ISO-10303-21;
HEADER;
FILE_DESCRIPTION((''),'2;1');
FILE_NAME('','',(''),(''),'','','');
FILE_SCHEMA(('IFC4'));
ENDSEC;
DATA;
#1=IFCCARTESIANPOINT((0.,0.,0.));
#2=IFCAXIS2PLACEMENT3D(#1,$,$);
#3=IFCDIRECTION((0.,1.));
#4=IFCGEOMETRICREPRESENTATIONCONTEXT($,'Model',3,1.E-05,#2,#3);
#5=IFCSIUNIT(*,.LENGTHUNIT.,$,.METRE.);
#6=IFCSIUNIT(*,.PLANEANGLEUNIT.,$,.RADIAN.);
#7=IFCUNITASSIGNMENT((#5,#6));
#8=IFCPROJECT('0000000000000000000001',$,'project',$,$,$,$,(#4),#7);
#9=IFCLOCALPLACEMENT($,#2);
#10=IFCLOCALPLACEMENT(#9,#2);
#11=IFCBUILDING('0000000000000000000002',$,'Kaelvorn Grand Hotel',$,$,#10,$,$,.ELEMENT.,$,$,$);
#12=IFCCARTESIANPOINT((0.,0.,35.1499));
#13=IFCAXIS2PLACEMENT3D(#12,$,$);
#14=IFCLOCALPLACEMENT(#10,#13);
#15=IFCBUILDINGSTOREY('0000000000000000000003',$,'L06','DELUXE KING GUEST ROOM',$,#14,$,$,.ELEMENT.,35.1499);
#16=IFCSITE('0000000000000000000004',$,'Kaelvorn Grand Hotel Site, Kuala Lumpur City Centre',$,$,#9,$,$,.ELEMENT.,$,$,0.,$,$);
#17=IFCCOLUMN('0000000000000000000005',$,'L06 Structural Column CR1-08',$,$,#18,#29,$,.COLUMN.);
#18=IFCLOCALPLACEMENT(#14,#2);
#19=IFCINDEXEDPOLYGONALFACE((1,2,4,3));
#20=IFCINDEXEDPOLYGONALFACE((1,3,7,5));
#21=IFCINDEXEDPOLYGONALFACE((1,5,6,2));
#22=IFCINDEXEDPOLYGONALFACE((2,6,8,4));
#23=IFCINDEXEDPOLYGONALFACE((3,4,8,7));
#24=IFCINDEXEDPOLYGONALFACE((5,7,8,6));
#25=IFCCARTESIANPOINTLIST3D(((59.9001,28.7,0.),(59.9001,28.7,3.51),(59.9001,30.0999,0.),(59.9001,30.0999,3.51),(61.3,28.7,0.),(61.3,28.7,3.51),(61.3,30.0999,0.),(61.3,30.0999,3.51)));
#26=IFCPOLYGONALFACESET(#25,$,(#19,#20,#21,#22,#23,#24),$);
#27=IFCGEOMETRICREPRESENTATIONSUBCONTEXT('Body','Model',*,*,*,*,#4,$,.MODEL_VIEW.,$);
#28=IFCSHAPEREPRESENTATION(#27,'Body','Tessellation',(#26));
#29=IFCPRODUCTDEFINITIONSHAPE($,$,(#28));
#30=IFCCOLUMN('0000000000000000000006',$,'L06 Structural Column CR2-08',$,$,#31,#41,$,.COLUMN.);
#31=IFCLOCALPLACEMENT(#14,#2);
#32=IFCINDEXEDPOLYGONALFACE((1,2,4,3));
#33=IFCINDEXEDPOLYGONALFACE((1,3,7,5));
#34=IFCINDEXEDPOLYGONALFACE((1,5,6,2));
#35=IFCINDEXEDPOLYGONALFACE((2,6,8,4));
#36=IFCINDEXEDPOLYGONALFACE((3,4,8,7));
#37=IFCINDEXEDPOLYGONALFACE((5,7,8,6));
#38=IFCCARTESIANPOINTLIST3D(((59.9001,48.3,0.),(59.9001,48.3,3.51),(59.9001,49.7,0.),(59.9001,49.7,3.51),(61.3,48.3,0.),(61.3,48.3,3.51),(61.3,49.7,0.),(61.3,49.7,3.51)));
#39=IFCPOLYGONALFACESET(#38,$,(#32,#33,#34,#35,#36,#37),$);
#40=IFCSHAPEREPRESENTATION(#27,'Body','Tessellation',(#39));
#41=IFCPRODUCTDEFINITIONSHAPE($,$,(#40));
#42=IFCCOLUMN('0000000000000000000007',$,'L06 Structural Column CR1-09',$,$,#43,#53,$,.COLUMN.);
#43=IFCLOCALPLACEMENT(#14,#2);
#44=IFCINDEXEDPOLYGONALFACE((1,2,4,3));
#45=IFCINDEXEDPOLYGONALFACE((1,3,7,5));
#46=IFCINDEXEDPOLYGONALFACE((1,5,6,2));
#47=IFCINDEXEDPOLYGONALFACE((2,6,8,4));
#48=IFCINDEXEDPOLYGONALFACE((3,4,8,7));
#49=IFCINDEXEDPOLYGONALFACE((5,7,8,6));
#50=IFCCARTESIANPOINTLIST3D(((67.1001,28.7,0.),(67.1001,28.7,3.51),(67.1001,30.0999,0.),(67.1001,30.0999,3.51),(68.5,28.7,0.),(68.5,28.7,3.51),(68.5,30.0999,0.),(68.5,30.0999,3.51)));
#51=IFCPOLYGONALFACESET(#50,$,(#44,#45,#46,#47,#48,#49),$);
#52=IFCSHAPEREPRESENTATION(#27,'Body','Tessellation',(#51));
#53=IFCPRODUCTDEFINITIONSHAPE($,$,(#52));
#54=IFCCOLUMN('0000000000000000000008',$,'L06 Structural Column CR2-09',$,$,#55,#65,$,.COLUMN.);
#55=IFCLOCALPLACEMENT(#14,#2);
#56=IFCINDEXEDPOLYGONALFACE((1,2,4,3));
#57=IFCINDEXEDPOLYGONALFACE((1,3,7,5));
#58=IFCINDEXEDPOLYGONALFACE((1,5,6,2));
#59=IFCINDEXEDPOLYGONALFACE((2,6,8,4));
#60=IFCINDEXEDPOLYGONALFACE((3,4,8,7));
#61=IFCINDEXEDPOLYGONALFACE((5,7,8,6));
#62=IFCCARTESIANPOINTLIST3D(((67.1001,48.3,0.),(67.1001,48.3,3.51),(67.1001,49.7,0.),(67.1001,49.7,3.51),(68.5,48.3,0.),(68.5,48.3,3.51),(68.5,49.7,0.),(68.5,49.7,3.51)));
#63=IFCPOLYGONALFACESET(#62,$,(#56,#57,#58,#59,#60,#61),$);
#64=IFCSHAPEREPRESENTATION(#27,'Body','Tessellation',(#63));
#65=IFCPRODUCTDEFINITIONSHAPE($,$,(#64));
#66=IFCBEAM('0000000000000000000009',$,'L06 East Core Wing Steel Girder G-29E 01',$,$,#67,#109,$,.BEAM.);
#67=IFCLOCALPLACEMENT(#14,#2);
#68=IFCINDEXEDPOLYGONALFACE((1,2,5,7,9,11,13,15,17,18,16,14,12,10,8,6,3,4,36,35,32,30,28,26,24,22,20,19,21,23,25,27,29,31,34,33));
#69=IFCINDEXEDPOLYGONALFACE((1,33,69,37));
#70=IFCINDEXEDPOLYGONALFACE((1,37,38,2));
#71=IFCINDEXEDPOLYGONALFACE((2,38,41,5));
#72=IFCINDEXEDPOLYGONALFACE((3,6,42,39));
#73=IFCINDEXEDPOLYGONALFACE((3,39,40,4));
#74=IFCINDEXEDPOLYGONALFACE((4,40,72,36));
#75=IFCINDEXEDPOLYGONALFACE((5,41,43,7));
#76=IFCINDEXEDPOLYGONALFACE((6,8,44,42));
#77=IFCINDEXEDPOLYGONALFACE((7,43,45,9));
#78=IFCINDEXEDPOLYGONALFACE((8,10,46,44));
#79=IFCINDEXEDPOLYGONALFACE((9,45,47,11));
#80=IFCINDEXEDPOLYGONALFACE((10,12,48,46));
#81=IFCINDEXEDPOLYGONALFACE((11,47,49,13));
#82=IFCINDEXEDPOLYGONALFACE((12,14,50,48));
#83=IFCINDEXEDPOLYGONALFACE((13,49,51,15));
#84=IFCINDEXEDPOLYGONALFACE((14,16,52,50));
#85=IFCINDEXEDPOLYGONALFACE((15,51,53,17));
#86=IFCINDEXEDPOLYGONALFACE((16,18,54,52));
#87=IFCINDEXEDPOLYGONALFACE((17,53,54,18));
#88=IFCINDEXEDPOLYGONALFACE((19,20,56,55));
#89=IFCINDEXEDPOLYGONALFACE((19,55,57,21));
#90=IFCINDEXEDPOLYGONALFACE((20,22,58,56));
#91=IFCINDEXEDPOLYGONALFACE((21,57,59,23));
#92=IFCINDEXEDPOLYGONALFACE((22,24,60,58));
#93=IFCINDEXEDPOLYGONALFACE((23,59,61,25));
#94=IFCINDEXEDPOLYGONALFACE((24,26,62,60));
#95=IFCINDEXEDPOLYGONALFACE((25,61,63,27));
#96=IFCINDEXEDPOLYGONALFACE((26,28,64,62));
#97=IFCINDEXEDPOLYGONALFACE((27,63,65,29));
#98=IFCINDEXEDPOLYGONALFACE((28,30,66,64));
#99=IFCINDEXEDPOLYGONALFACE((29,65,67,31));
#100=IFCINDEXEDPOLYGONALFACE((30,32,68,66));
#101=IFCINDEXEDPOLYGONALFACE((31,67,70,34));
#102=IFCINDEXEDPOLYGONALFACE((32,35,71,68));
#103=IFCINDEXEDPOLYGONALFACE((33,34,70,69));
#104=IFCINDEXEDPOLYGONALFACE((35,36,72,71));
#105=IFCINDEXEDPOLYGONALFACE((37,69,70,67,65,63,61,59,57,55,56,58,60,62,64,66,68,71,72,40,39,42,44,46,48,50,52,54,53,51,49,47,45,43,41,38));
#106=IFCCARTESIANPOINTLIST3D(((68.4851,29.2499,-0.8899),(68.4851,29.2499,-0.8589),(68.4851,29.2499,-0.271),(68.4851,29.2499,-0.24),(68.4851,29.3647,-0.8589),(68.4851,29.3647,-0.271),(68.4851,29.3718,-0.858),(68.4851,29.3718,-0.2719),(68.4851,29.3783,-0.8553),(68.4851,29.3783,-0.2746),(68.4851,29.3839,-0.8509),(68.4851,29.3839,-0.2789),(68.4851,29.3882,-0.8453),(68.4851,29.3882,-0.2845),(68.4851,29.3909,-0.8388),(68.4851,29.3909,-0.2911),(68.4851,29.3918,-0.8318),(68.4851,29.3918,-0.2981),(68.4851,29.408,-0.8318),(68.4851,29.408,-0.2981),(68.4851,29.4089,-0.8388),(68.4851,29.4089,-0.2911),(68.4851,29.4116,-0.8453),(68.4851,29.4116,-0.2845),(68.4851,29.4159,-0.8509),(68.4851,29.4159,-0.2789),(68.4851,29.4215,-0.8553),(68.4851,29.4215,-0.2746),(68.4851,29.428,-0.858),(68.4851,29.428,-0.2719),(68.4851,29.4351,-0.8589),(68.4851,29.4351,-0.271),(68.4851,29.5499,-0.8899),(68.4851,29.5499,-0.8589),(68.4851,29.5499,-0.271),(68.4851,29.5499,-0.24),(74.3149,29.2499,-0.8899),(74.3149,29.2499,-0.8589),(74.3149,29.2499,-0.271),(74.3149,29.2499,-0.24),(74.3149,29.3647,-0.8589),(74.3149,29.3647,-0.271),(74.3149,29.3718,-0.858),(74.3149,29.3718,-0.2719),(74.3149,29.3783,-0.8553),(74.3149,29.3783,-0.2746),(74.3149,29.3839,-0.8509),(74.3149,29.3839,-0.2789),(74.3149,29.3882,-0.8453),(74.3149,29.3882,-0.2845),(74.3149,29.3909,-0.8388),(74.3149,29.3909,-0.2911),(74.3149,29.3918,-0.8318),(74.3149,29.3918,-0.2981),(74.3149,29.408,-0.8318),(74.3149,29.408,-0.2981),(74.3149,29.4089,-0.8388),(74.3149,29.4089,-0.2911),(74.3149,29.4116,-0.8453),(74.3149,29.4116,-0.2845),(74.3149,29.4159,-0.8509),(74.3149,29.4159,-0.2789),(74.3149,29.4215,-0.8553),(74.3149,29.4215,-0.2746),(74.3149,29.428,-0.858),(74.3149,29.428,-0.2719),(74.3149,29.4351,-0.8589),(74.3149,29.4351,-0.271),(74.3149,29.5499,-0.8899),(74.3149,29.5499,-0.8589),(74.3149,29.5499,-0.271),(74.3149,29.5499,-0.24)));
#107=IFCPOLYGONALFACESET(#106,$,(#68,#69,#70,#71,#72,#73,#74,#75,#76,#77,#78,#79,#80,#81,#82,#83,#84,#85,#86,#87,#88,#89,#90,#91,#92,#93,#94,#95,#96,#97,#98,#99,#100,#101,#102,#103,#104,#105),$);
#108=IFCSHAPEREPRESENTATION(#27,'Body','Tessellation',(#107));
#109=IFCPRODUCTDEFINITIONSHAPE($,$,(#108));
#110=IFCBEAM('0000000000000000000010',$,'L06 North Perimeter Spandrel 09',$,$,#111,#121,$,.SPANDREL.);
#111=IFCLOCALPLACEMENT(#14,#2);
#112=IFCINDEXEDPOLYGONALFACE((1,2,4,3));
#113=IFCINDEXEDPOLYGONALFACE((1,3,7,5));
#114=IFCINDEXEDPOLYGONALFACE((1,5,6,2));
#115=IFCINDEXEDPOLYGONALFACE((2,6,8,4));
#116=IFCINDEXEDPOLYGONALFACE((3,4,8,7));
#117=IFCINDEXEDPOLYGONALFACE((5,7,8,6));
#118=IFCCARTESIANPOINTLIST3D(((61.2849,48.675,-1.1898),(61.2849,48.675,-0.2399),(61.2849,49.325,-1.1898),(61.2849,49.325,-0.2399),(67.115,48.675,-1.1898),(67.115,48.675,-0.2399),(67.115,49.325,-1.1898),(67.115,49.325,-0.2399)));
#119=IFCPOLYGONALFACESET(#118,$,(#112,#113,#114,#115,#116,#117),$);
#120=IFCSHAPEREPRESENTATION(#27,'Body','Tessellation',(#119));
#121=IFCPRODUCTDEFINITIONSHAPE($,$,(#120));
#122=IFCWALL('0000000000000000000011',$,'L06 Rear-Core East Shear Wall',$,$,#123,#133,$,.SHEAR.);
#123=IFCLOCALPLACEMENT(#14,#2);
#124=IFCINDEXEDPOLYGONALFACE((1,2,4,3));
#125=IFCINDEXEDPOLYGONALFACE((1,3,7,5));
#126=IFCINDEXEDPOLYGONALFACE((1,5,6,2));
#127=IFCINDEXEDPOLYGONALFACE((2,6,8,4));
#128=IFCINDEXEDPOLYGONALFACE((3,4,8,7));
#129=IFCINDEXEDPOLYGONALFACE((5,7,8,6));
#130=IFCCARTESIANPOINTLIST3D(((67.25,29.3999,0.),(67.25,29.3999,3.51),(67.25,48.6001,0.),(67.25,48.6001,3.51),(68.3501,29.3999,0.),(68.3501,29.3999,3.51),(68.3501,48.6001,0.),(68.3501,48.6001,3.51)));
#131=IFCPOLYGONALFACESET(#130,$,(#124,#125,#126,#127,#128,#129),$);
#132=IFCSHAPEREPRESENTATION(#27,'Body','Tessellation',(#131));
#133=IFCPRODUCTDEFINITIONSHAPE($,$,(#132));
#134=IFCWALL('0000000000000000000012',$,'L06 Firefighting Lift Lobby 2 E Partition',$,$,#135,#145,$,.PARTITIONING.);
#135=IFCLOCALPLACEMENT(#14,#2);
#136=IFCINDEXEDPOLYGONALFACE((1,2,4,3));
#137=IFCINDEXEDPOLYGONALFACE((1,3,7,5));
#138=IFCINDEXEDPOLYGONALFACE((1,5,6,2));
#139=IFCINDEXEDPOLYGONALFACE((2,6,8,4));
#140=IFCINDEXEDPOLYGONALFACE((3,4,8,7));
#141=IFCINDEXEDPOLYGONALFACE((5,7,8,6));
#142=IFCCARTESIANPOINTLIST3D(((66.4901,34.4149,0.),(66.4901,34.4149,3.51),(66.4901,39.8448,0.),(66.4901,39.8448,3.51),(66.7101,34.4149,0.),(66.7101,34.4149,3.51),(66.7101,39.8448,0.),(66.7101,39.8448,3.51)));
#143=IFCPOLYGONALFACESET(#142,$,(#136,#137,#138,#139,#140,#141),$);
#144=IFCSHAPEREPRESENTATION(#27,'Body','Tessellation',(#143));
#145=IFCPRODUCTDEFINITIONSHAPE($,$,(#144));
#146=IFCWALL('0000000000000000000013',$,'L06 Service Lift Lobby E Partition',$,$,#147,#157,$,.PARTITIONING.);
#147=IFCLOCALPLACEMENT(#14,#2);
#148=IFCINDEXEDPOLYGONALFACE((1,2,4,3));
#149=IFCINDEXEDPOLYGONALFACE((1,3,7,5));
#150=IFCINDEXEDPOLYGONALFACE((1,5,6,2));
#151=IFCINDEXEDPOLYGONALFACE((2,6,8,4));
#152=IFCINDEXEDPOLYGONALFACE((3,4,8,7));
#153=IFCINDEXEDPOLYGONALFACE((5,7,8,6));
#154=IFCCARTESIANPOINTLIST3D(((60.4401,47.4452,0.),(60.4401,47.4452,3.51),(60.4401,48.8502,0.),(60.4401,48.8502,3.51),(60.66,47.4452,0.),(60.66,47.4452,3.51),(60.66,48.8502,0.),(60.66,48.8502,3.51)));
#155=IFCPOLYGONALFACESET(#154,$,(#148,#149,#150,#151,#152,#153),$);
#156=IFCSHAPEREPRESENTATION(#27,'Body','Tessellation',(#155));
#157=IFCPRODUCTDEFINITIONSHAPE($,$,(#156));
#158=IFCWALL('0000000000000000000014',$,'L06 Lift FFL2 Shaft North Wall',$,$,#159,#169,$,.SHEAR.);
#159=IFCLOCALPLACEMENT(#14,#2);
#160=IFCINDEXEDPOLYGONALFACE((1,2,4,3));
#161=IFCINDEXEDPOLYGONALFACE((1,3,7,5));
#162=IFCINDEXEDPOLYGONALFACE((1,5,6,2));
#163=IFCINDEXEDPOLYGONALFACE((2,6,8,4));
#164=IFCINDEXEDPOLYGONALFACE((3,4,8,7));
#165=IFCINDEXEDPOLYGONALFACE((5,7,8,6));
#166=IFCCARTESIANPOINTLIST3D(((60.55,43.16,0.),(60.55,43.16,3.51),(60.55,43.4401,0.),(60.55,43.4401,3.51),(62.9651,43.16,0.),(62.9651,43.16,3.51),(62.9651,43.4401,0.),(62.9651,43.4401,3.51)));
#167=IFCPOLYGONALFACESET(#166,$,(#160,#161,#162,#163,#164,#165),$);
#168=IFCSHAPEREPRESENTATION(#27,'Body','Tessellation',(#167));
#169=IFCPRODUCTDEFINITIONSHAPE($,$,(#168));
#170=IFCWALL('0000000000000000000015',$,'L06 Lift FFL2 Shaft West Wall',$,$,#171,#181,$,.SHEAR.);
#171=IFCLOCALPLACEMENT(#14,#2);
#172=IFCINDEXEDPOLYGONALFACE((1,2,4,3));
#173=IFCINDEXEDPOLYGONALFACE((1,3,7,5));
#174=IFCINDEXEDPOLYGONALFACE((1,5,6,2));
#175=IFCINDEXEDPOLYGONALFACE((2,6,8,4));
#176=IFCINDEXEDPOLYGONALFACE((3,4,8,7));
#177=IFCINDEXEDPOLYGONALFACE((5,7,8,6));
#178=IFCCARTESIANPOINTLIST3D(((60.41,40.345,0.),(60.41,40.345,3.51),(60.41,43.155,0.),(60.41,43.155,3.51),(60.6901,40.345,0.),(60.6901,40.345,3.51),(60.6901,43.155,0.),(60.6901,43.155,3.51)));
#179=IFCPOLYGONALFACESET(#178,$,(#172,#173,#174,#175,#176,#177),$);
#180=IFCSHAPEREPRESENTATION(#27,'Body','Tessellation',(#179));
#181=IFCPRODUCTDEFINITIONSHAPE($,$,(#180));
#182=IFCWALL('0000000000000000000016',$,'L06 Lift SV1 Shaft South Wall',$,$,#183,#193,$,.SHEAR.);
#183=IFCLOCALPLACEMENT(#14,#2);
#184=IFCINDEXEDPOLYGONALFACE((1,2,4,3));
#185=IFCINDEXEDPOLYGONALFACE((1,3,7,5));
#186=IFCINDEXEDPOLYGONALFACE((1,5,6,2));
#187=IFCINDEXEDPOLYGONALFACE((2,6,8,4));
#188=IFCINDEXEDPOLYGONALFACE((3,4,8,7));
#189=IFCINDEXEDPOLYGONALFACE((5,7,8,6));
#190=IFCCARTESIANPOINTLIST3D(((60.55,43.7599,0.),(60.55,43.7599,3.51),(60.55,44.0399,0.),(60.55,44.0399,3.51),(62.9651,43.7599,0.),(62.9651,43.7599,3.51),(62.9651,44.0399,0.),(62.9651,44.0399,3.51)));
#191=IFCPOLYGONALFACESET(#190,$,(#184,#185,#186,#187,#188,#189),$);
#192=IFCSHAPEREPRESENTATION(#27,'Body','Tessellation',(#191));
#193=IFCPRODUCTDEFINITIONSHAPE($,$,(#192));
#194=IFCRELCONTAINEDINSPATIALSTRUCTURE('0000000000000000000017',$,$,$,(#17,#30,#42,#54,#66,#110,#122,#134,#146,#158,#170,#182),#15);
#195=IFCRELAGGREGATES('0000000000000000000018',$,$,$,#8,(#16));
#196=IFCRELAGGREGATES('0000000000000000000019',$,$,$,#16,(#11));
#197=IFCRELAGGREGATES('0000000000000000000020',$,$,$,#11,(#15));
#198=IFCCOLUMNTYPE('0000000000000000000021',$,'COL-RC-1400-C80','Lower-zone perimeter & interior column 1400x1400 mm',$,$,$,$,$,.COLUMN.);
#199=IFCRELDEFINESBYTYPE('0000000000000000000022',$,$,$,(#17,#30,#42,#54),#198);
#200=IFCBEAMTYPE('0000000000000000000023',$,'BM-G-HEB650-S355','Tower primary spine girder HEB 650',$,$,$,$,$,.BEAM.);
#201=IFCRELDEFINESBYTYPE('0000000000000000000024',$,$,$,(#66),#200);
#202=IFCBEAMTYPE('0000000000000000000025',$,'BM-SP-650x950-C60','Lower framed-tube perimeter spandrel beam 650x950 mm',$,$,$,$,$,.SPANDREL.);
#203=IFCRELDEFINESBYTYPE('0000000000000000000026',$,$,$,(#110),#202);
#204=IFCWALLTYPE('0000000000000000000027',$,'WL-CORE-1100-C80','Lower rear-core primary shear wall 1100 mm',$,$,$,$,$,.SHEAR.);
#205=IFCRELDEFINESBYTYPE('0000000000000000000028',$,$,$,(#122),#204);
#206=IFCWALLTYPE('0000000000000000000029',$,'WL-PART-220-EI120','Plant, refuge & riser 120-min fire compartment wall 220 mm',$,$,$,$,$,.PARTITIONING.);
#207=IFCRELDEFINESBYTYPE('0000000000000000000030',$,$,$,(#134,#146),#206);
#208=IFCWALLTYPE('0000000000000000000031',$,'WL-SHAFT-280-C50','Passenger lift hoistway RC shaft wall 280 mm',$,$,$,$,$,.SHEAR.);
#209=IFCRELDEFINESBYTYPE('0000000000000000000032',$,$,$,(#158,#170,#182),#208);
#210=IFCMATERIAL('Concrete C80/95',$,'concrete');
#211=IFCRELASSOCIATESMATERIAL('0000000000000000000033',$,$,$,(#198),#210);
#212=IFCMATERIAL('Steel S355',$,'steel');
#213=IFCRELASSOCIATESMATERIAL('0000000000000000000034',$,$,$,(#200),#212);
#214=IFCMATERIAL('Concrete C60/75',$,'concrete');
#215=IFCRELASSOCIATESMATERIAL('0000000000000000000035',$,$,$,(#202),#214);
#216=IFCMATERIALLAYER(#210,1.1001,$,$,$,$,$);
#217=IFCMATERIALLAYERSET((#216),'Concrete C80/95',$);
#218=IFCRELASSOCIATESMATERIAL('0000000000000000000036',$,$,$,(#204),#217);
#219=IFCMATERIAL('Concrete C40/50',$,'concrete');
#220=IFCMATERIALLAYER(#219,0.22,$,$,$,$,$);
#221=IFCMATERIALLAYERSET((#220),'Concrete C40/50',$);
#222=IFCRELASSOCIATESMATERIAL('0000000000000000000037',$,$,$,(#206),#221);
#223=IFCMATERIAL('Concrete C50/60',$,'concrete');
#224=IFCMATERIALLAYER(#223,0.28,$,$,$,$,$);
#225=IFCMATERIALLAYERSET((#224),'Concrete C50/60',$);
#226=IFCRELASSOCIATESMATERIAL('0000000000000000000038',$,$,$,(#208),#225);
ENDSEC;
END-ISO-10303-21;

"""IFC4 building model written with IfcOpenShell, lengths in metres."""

from ifc_helpers import new_model, si_unit, direction, frame, frame_2d, origin, origin_2d, place, context, subcontext, project, spatial, rectangle, i_section, extrude, material, layer, layer_set, material_profile, profile_set, type_object, element, save


model = new_model("IFC4")

# Units and contexts
model_context = context("Model", 3, precision=1e-05, world=origin(), true_north=direction((0.0, 1.0)))
body_context = subcontext(model_context, "Body", "Model", "MODEL_VIEW")
ifc_project = project(units=[si_unit("LENGTHUNIT", "METRE"), si_unit("PLANEANGLEUNIT", "RADIAN")], contexts=[model_context])

# Site, building, storey
site_placement = place(None, origin())
site = spatial("IfcSite", under=ifc_project, at=site_placement, Name="Kaelvorn Grand Hotel Site, Kuala Lumpur City Centre", CompositionType="ELEMENT", RefElevation=0.0)
building_placement = place(site_placement, origin())
building = spatial("IfcBuilding", under=site, at=building_placement, Name="Kaelvorn Grand Hotel", CompositionType="ELEMENT")
storey_placement = place(building_placement, frame((0.0, 0.0, 35.1499)))
storey = spatial("IfcBuildingStorey", under=building, at=storey_placement, Name="L06", Description="DELUXE KING GUEST ROOM", CompositionType="ELEMENT", Elevation=35.1499)

# Columns
ifc_material_1 = material(Name="Concrete C80/95", Category="concrete")
ifc_material_profile_1 = material_profile(ifc_material_1, rectangle(XDim=1.3999, YDim=1.3999, at=origin_2d()), Name="RC COL 1400x1400")
ifc_profile_set_1 = profile_set([ifc_material_profile_1], Name="Concrete C80/95")
column_type = type_object("IfcColumnType", Name="COL-RC-1400-C80", Description="Lower-zone perimeter & interior column 1400x1400 mm", PredefinedType="COLUMN", material=ifc_profile_set_1)
for number, where, z_axis, x_axis, name in (
    (1, (60.6001, 29.3999, 0.0), (0.0, 0.0, 1.0), (1.0, 0.0, 0.0), "L06 Structural Column CR1-08"),
    (2, (60.6001, 49.0, 0.0), (0.0, 0.0, 1.0), (1.0, 0.0, 0.0), "L06 Structural Column CR2-08"),
    (3, (67.8, 29.3999, 0.0), (0.0, 0.0, 1.0), (1.0, 0.0, 0.0), "L06 Structural Column CR1-09"),
    (4, (67.8, 49.0, 0.0), (0.0, 0.0, 1.0), (1.0, 0.0, 0.0), "L06 Structural Column CR2-09"),
):
    element("IfcColumn", number, at=place(storey_placement, frame(where, z_axis=z_axis, x_axis=x_axis)), inside=storey, type_object=column_type, Name=name, PredefinedType="COLUMN", context=body_context, shape_type="SweptSolid", body=[
        extrude(rectangle(XDim=1.3999, YDim=1.3999, at=origin_2d()), origin(), (0.0, 0.0, 1.0), 3.51),
    ])

# Beams
ifc_material_2 = material(Name="Steel S355", Category="steel")
ifc_material_profile_2 = material_profile(ifc_material_2, i_section(OverallWidth=0.3, OverallDepth=0.6499, WebThickness=0.0161, FlangeThickness=0.031, FilletRadius=0.0271, at=origin_2d()), Name="HEB 650")
ifc_profile_set_2 = profile_set([ifc_material_profile_2], Name="Steel S355")
beam_type_1 = type_object("IfcBeamType", Name="BM-G-HEB650-S355", Description="Tower primary spine girder HEB 650", PredefinedType="BEAM", material=ifc_profile_set_2)
beam_1_placement = place(storey_placement, frame((68.4851, 29.3999, -0.5649), z_axis=(1.0, 0.0, 0.0), x_axis=(0.0, 1.0, 0.0)))
element("IfcBeam", 5, at=beam_1_placement, inside=storey, type_object=beam_type_1, Name="L06 East Core Wing Steel Girder G-29E 01", PredefinedType="BEAM", context=body_context, shape_type="SweptSolid", body=[
    extrude(i_section(OverallWidth=0.3, OverallDepth=0.6499, WebThickness=0.0161, FlangeThickness=0.031, FilletRadius=0.0271, at=origin_2d()), origin(), (0.0, 0.0, 1.0), 5.8298),
])
ifc_material_3 = material(Name="Concrete C60/75", Category="concrete")
ifc_material_profile_3 = material_profile(ifc_material_3, rectangle(XDim=0.6499, YDim=0.95, at=origin_2d()), Name="RC SPANDREL 650x950")
ifc_profile_set_3 = profile_set([ifc_material_profile_3], Name="Concrete C60/75")
beam_type_2 = type_object("IfcBeamType", Name="BM-SP-650x950-C60", Description="Lower framed-tube perimeter spandrel beam 650x950 mm", PredefinedType="SPANDREL", material=ifc_profile_set_3)
beam_2_placement = place(storey_placement, frame((61.2849, 49.0, -0.7148), z_axis=(1.0, 0.0, 0.0), x_axis=(0.0, 1.0, 0.0)))
element("IfcBeam", 6, at=beam_2_placement, inside=storey, type_object=beam_type_2, Name="L06 North Perimeter Spandrel 09", PredefinedType="SPANDREL", context=body_context, shape_type="SweptSolid", body=[
    extrude(rectangle(XDim=0.6499, YDim=0.95, at=origin_2d()), origin(), (0.0, 0.0, 1.0), 5.8301),
])

# Walls
ifc_layer_1 = layer(ifc_material_1, 1.1001)
ifc_layer_set_1 = layer_set([ifc_layer_1], Name="Concrete C80/95")
wall_type_1 = type_object("IfcWallType", Name="WL-CORE-1100-C80", Description="Lower rear-core primary shear wall 1100 mm", PredefinedType="SHEAR", material=ifc_layer_set_1)
wall_1_placement = place(storey_placement, frame((67.8, 29.3999, 0.0), z_axis=(0.0, 0.0, 1.0), x_axis=(0.0, 1.0, 0.0)))
element("IfcWall", 7, at=wall_1_placement, inside=storey, type_object=wall_type_1, Name="L06 Rear-Core East Shear Wall", PredefinedType="SHEAR", context=body_context, shape_type="SweptSolid", body=[
    extrude(rectangle(XDim=19.2002, YDim=1.1001, at=frame_2d((9.6001, 0.0))), origin(), (0.0, 0.0, 1.0), 3.51),
])
ifc_material_4 = material(Name="Concrete C40/50", Category="concrete")
ifc_layer_2 = layer(ifc_material_4, 0.22)
ifc_layer_set_2 = layer_set([ifc_layer_2], Name="Concrete C40/50")
wall_type_2 = type_object("IfcWallType", Name="WL-PART-220-EI120", Description="Plant, refuge & riser 120-min fire compartment wall 220 mm", PredefinedType="PARTITIONING", material=ifc_layer_set_2)
wall_2_placement = place(storey_placement, frame((66.6001, 34.415, 0.0), z_axis=(0.0, 0.0, 1.0), x_axis=(0.0, 1.0, 0.0)))
element("IfcWall", 8, at=wall_2_placement, inside=storey, type_object=wall_type_2, Name="L06 Firefighting Lift Lobby 2 E Partition", PredefinedType="PARTITIONING", context=body_context, shape_type="SweptSolid", body=[
    extrude(rectangle(XDim=5.4299, YDim=0.22, at=frame_2d((2.7148, 0.0))), origin(), (0.0, 0.0, 1.0), 3.51),
])
wall_3_placement = place(storey_placement, frame((60.55, 47.4451, 0.0), z_axis=(0.0, 0.0, 1.0), x_axis=(0.0, 1.0, 0.0)))
element("IfcWall", 9, at=wall_3_placement, inside=storey, type_object=wall_type_2, Name="L06 Service Lift Lobby E Partition", PredefinedType="PARTITIONING", context=body_context, shape_type="SweptSolid", body=[
    extrude(rectangle(XDim=1.405, YDim=0.22, at=frame_2d((0.7026, 0.0))), origin(), (0.0, 0.0, 1.0), 3.51),
])
ifc_material_5 = material(Name="Concrete C50/60", Category="concrete")
ifc_layer_3 = layer(ifc_material_5, 0.28)
ifc_layer_set_3 = layer_set([ifc_layer_3], Name="Concrete C50/60")
wall_type_3 = type_object("IfcWallType", Name="WL-SHAFT-280-C50", Description="Passenger lift hoistway RC shaft wall 280 mm", PredefinedType="SHEAR", material=ifc_layer_set_3)
wall_4_placement = place(storey_placement, frame((60.55, 43.3, 0.0), z_axis=(0.0, 0.0, 1.0), x_axis=(1.0, 0.0, 0.0)))
element("IfcWall", 10, at=wall_4_placement, inside=storey, type_object=wall_type_3, Name="L06 Lift FFL2 Shaft North Wall", PredefinedType="SHEAR", context=body_context, shape_type="SweptSolid", body=[
    extrude(rectangle(XDim=2.415, YDim=0.28, at=frame_2d((1.2075, 0.0))), origin(), (0.0, 0.0, 1.0), 3.51),
])
wall_5_placement = place(storey_placement, frame((60.55, 40.345, 0.0), z_axis=(0.0, 0.0, 1.0), x_axis=(0.0, 1.0, 0.0)))
element("IfcWall", 11, at=wall_5_placement, inside=storey, type_object=wall_type_3, Name="L06 Lift FFL2 Shaft West Wall", PredefinedType="SHEAR", context=body_context, shape_type="SweptSolid", body=[
    extrude(rectangle(XDim=2.8101, YDim=0.28, at=frame_2d((1.405, 0.0))), origin(), (0.0, 0.0, 1.0), 3.51),
])
for number, where, z_axis, x_axis, name in (
    (12, (60.55, 43.8999, 0.0), (0.0, 0.0, 1.0), (1.0, 0.0, 0.0), "L06 Lift SV1 Shaft South Wall"),
):
    element("IfcWall", number, at=place(storey_placement, frame(where, z_axis=z_axis, x_axis=x_axis)), inside=storey, type_object=wall_type_3, Name=name, PredefinedType="SHEAR", context=body_context, shape_type="SweptSolid", body=[
        extrude(rectangle(XDim=2.415, YDim=0.28, at=frame_2d((1.2075, 0.0))), origin(), (0.0, 0.0, 1.0), 3.51),
    ])

save(model, "model.ifc")
